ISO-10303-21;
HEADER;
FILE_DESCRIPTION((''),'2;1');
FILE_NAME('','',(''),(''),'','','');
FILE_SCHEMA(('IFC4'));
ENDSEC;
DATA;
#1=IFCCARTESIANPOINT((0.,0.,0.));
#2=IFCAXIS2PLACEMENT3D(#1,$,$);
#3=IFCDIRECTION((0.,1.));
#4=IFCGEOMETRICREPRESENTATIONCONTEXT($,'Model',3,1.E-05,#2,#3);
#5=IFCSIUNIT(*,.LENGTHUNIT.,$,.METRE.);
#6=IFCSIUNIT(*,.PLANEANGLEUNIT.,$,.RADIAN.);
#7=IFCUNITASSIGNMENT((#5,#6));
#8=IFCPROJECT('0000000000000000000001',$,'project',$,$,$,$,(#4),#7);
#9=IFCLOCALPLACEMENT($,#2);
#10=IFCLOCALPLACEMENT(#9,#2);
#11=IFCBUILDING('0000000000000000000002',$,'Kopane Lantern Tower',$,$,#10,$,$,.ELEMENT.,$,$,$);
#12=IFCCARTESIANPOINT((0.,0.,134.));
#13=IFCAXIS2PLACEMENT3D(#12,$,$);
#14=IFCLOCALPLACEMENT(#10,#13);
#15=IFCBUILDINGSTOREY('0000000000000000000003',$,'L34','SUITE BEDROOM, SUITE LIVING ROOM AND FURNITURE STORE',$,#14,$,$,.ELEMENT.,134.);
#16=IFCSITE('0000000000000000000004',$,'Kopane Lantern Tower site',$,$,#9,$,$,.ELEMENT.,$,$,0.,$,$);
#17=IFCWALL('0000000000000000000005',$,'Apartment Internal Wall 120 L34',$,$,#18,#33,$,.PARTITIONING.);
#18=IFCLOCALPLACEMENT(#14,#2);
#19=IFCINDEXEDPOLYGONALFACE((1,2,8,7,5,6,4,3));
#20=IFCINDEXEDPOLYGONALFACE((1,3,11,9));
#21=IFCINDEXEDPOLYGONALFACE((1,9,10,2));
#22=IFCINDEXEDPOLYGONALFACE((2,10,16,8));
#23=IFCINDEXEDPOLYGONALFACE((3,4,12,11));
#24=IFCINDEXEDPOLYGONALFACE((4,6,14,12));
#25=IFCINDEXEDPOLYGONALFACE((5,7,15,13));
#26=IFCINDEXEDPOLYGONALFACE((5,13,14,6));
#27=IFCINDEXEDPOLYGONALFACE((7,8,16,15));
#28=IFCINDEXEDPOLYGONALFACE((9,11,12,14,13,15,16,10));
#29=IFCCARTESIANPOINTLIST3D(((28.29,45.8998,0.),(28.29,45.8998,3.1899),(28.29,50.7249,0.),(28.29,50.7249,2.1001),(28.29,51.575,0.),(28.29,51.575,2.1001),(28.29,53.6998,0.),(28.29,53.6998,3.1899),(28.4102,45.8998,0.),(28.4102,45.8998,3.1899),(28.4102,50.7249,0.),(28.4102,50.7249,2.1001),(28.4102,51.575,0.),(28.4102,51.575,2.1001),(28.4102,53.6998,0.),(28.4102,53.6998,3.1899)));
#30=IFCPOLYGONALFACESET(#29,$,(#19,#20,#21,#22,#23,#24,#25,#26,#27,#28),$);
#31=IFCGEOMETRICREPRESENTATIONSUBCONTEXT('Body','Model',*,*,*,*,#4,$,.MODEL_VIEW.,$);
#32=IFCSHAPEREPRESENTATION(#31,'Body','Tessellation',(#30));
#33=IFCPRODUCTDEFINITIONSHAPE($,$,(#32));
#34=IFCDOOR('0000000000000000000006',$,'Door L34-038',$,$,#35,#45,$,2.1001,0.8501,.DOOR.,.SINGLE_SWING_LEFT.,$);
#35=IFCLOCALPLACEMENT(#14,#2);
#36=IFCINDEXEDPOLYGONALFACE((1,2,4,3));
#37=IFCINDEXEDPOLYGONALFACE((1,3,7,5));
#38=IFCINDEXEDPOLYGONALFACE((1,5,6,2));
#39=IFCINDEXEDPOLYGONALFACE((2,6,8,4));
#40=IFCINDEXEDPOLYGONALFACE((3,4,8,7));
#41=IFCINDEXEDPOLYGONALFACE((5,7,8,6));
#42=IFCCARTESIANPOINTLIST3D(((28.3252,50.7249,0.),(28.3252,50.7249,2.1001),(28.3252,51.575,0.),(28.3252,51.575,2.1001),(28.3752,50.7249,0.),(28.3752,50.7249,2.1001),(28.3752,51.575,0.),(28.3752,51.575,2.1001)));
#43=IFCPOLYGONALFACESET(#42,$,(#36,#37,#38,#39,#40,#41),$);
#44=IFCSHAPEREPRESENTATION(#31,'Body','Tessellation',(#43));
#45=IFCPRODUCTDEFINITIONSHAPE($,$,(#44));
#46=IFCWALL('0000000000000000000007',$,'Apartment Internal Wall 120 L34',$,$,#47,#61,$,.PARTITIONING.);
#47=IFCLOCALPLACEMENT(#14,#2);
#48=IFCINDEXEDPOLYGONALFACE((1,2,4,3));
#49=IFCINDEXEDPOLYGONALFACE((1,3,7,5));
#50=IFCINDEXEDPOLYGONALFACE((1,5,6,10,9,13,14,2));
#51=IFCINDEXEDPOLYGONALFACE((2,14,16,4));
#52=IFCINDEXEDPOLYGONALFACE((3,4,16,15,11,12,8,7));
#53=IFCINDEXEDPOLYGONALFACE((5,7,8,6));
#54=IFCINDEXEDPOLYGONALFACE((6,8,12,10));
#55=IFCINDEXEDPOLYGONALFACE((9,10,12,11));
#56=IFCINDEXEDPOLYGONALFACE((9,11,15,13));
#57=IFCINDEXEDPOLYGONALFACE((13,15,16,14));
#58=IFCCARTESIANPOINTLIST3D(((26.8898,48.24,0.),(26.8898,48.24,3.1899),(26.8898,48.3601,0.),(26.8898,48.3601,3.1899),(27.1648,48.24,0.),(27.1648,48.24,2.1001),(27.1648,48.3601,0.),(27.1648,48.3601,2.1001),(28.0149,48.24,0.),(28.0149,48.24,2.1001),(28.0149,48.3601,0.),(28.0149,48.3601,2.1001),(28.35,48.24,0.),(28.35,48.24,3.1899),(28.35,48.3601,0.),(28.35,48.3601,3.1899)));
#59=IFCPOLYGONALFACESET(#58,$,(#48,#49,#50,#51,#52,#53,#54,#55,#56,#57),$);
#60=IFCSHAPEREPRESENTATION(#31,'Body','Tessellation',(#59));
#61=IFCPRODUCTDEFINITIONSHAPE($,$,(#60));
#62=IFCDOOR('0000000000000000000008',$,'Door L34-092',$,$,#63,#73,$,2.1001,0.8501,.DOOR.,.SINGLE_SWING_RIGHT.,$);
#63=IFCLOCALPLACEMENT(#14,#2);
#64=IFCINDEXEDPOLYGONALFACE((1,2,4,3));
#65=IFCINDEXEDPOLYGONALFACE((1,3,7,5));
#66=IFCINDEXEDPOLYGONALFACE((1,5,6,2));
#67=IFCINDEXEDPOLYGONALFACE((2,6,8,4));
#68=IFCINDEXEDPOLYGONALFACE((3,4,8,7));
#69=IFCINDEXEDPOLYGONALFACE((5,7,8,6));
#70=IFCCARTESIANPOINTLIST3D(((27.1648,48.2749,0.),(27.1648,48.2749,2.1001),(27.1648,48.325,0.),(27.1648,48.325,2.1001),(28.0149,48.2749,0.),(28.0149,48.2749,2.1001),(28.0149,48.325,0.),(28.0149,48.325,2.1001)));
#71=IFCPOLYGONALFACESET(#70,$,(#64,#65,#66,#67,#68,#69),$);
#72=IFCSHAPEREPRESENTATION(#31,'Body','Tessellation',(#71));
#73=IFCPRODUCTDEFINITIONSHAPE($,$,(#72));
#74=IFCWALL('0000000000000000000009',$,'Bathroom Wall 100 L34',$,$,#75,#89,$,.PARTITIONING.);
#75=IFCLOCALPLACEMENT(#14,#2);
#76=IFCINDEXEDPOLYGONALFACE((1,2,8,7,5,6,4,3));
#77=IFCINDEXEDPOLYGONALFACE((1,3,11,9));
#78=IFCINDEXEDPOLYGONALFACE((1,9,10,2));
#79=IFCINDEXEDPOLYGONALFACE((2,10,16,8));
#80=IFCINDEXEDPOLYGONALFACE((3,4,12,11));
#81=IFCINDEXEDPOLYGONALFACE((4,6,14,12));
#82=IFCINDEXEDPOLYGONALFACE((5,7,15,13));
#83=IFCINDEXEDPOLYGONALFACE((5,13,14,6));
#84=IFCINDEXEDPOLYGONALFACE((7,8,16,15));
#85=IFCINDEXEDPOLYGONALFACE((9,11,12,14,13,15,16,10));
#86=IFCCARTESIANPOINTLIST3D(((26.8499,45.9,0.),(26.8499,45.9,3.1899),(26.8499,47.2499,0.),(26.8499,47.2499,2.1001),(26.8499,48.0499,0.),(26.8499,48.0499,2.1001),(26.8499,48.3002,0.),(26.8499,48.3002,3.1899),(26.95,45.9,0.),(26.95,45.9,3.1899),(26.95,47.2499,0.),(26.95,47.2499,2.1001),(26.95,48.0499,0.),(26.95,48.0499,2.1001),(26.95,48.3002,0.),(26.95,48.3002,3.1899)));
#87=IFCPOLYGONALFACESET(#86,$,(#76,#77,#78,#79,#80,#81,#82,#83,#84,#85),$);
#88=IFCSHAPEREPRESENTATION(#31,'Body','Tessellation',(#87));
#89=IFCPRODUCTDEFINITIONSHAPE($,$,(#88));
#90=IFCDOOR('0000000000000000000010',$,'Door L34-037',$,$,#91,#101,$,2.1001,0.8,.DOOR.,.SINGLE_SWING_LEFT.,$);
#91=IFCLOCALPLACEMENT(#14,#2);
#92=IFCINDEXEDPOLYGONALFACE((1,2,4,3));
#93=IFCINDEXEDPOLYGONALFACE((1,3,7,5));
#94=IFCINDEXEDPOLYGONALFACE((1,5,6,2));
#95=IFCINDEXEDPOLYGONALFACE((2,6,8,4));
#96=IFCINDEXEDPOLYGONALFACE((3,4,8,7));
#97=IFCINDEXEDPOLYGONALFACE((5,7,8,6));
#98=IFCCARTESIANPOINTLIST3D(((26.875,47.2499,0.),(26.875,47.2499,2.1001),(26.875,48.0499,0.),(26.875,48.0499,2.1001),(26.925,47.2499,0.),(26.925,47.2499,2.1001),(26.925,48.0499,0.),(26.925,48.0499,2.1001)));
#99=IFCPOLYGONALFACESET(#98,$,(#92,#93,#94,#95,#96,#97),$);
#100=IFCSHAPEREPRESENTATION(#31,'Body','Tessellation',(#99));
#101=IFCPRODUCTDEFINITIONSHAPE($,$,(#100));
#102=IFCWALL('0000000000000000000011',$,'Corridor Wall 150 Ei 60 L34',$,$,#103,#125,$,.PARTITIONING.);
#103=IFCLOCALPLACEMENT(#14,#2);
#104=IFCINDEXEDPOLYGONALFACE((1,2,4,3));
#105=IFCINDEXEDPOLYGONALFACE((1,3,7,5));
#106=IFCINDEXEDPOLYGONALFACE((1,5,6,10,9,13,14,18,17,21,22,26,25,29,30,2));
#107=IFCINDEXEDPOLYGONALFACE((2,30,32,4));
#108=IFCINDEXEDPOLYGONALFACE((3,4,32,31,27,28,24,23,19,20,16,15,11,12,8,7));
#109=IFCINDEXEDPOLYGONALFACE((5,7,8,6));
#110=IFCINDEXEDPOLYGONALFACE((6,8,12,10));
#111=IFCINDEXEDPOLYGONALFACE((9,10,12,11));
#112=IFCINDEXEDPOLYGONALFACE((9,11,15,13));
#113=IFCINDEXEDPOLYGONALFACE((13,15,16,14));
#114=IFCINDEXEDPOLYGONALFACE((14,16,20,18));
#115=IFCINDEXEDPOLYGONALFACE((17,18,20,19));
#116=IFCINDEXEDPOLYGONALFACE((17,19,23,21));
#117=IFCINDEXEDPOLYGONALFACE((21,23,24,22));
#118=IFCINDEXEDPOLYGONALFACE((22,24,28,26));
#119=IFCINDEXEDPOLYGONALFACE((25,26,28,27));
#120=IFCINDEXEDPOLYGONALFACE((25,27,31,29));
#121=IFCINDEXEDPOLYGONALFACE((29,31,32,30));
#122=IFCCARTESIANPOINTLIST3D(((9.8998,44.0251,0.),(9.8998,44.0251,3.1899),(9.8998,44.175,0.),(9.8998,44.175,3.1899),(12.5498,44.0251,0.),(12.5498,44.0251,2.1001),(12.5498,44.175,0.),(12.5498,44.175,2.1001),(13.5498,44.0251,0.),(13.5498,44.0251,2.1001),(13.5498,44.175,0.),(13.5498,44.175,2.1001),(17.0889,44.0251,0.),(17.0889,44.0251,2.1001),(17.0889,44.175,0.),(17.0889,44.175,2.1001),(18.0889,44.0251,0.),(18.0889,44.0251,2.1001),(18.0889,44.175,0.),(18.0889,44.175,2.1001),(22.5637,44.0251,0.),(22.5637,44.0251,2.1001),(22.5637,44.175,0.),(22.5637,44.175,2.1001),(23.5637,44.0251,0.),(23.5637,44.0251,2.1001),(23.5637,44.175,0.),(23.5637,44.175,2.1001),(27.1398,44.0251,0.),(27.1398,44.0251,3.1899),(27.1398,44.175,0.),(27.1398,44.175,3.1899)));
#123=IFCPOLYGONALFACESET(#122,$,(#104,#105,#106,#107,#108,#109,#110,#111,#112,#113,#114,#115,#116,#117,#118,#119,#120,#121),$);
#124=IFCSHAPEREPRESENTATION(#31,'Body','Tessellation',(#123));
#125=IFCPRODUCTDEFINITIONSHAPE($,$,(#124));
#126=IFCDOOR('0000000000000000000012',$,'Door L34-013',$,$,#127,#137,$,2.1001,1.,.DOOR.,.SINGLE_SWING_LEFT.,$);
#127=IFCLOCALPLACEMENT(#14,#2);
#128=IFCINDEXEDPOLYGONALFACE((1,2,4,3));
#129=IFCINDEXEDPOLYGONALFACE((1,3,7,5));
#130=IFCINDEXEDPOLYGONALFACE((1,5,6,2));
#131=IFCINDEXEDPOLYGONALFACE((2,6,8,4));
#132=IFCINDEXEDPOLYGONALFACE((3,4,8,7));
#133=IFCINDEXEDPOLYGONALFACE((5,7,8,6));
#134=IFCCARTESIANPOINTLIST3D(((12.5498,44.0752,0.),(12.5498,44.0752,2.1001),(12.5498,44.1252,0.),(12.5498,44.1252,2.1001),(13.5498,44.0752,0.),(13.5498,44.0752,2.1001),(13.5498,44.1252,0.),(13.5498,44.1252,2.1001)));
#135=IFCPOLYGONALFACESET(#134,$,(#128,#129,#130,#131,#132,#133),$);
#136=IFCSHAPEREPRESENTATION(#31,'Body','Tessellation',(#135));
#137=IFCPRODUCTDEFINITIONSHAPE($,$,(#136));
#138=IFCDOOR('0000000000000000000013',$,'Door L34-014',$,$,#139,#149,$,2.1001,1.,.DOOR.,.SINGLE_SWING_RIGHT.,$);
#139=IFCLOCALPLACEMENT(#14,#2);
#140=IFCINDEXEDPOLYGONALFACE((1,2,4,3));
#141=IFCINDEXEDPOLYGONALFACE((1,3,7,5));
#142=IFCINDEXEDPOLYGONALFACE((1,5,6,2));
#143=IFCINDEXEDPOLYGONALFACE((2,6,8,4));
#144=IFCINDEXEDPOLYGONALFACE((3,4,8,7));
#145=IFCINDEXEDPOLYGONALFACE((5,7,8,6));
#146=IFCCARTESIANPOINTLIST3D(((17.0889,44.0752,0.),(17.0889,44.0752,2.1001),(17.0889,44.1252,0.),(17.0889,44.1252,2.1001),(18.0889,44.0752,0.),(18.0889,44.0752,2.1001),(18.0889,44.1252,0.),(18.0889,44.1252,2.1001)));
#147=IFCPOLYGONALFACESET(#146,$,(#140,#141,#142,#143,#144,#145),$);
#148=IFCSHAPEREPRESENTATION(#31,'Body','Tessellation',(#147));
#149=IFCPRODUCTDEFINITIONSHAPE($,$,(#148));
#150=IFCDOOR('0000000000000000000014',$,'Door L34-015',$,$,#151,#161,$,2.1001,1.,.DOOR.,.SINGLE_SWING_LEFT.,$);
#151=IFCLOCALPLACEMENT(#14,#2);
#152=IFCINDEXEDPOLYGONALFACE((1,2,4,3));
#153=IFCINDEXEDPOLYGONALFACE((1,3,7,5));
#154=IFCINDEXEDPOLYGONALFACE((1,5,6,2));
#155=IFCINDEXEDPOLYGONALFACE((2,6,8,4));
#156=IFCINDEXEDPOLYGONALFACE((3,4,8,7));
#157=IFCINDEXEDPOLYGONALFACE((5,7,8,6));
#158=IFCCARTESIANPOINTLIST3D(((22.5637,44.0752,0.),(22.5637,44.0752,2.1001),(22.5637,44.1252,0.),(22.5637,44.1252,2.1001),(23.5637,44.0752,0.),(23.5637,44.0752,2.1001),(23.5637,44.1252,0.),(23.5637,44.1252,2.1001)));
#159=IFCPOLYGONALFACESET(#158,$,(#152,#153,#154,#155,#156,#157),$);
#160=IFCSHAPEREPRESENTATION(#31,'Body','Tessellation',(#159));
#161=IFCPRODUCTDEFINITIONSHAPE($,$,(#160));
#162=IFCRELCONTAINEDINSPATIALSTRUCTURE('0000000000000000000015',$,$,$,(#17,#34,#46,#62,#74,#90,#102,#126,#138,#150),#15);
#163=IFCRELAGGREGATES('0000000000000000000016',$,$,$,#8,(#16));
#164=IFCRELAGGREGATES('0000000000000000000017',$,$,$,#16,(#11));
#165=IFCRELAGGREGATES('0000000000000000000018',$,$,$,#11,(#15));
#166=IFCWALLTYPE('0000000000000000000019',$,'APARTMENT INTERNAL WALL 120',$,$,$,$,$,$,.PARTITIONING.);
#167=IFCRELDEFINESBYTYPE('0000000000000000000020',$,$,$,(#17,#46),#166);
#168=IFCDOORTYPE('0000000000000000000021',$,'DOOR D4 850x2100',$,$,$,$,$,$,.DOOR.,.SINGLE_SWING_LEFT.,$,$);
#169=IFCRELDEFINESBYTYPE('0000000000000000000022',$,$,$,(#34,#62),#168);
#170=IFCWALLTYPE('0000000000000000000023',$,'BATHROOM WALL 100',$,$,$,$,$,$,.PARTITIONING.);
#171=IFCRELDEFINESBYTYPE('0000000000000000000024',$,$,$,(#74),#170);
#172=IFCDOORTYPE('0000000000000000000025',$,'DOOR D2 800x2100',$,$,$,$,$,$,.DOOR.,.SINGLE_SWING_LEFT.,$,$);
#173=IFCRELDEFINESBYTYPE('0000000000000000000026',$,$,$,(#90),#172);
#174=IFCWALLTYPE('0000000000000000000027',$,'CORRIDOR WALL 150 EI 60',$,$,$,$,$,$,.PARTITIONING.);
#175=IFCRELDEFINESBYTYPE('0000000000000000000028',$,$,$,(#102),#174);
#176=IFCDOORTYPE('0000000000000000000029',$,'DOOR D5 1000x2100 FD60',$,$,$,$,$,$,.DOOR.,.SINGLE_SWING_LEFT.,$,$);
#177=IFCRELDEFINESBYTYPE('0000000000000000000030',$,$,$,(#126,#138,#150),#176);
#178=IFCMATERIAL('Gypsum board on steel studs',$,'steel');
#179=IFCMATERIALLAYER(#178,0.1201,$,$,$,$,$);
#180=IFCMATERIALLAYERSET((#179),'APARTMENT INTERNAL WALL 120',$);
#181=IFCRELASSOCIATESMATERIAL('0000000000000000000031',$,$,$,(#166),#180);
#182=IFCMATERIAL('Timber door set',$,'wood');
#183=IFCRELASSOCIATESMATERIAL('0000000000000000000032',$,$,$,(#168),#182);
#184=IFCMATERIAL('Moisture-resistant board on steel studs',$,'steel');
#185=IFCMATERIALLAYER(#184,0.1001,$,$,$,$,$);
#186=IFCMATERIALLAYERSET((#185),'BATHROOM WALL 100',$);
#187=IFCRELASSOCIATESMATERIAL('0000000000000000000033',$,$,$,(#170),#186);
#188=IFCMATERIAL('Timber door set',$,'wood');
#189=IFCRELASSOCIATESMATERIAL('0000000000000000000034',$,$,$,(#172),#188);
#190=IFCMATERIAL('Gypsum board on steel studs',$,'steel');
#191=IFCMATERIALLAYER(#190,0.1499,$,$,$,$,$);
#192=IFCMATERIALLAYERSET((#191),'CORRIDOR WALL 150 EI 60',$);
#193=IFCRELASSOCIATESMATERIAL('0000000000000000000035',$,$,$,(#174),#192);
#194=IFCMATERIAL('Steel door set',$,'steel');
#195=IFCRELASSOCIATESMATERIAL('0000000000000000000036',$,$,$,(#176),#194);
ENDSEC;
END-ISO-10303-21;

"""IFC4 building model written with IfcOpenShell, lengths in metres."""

from ifc_helpers import new_model, si_unit, direction, frame, frame_2d, origin, place, context, subcontext, project, spatial, rectangle, extrude, material, layer, layer_set, type_object, element, fill, save


model = new_model("IFC4")

# Units and contexts
model_context = context("Model", 3, precision=1e-05, world=origin(), true_north=direction((0.0, 1.0)))
body_context = subcontext(model_context, "Body", "Model", "MODEL_VIEW")
ifc_project = project(units=[si_unit("LENGTHUNIT", "METRE"), si_unit("PLANEANGLEUNIT", "RADIAN")], contexts=[model_context])

# Site, building, storey
site_placement = place(None, origin())
site = spatial("IfcSite", under=ifc_project, at=site_placement, Name="Kopane Lantern Tower site", CompositionType="ELEMENT", RefElevation=0.0)
building_placement = place(site_placement, origin())
building = spatial("IfcBuilding", under=site, at=building_placement, Name="Kopane Lantern Tower", CompositionType="ELEMENT")
storey_placement = place(building_placement, frame((0.0, 0.0, 134.0)))
storey = spatial("IfcBuildingStorey", under=building, at=storey_placement, Name="L34", Description="SUITE BEDROOM, SUITE LIVING ROOM AND FURNITURE STORE", CompositionType="ELEMENT", Elevation=134.0)

# Walls, openings, doors
ifc_material_1 = material(Name="Gypsum board on steel studs", Category="steel")
ifc_layer_1 = layer(ifc_material_1, 0.1201)
ifc_layer_set_1 = layer_set([ifc_layer_1], Name="APARTMENT INTERNAL WALL 120")
wall_type_1 = type_object("IfcWallType", Name="APARTMENT INTERNAL WALL 120", PredefinedType="PARTITIONING", material=ifc_layer_set_1)
wall_1_placement = place(storey_placement, frame((28.3501, 45.8999, 0.0), z_axis=(0.0, 0.0, 1.0), x_axis=(0.0, 1.0, 0.0)))
wall_1 = element("IfcWall", 1, at=wall_1_placement, inside=storey, type_object=wall_type_1, Name="Apartment Internal Wall 120 L34", PredefinedType="PARTITIONING", context=body_context, shape_type="SweptSolid", body=[
    extrude(rectangle(XDim=7.8, YDim=0.1201, at=frame_2d((3.8999, 0.0))), origin(), (0.0, 0.0, 1.0), 3.1899),
])
opening_1_placement = place(wall_1_placement, frame((4.825, 0.0, 0.0)))
opening_1 = element("IfcOpeningElement", 2, at=opening_1_placement, cuts=wall_1, PredefinedType="OPENING", context=body_context, shape_type="SweptSolid", body=[
    extrude(rectangle(XDim=0.8501, YDim=2.1001, at=frame_2d((0.425, 1.05))), frame((0.0, 0.0701, 0.0), z_axis=(0.0, -1.0, 0.0), x_axis=(1.0, 0.0, 0.0)), (0.0, 0.0, 1.0), 0.1401),
])
ifc_material_2 = material(Name="Timber door set", Category="wood")
door_type_1 = type_object("IfcDoorType", Name="DOOR D4 850x2100", OperationType="SINGLE_SWING_LEFT", PredefinedType="DOOR", material=ifc_material_2)
door_1_placement = place(opening_1_placement, origin())
door_1 = element("IfcDoor", 3, at=door_1_placement, inside=storey, type_object=door_type_1, Name="Door L34-038", OperationType="SINGLE_SWING_LEFT", OverallHeight=2.1001, OverallWidth=0.8501, PredefinedType="DOOR", context=body_context, shape_type="SweptSolid", body=[
    extrude(rectangle(XDim=0.8501, YDim=2.1001, at=frame_2d((0.425, 1.05))), frame((0.0, 0.0249, 0.0), z_axis=(0.0, -1.0, 0.0), x_axis=(1.0, 0.0, 0.0)), (0.0, 0.0, 1.0), 0.05),
])
fill(opening_1, door_1)
wall_2_placement = place(storey_placement, frame((26.8899, 48.3, 0.0), z_axis=(0.0, 0.0, 1.0), x_axis=(1.0, 0.0, 0.0)))
wall_2 = element("IfcWall", 4, at=wall_2_placement, inside=storey, type_object=wall_type_1, Name="Apartment Internal Wall 120 L34", PredefinedType="PARTITIONING", context=body_context, shape_type="SweptSolid", body=[
    extrude(rectangle(XDim=1.4602, YDim=0.1201, at=frame_2d((0.73, 0.0))), origin(), (0.0, 0.0, 1.0), 3.1899),
])
opening_2_placement = place(wall_2_placement, frame((0.2749, 0.0, 0.0)))
opening_2 = element("IfcOpeningElement", 5, at=opening_2_placement, cuts=wall_2, PredefinedType="OPENING", context=body_context, shape_type="SweptSolid", body=[
    extrude(rectangle(XDim=0.8501, YDim=2.1001, at=frame_2d((0.425, 1.05))), frame((0.0, 0.0701, 0.0), z_axis=(0.0, -1.0, 0.0), x_axis=(1.0, 0.0, 0.0)), (0.0, 0.0, 1.0), 0.1401),
])
door_2_placement = place(opening_2_placement, origin())
door_2 = element("IfcDoor", 6, at=door_2_placement, inside=storey, type_object=door_type_1, Name="Door L34-092", OperationType="SINGLE_SWING_RIGHT", OverallHeight=2.1001, OverallWidth=0.8501, PredefinedType="DOOR", context=body_context, shape_type="SweptSolid", body=[
    extrude(rectangle(XDim=0.8501, YDim=2.1001, at=frame_2d((0.425, 1.05))), frame((0.0, 0.0249, 0.0), z_axis=(0.0, -1.0, 0.0), x_axis=(1.0, 0.0, 0.0)), (0.0, 0.0, 1.0), 0.05),
])
fill(opening_2, door_2)
ifc_material_3 = material(Name="Moisture-resistant board on steel studs", Category="steel")
ifc_layer_2 = layer(ifc_material_3, 0.1001)
ifc_layer_set_2 = layer_set([ifc_layer_2], Name="BATHROOM WALL 100")
wall_type_2 = type_object("IfcWallType", Name="BATHROOM WALL 100", PredefinedType="PARTITIONING", material=ifc_layer_set_2)
wall_3_placement = place(storey_placement, frame((26.8999, 45.8999, 0.0), z_axis=(0.0, 0.0, 1.0), x_axis=(0.0, 1.0, 0.0)))
wall_3 = element("IfcWall", 7, at=wall_3_placement, inside=storey, type_object=wall_type_2, Name="Bathroom Wall 100 L34", PredefinedType="PARTITIONING", context=body_context, shape_type="SweptSolid", body=[
    extrude(rectangle(XDim=2.4001, YDim=0.1001, at=frame_2d((1.2002, 0.0))), origin(), (0.0, 0.0, 1.0), 3.1899),
])
opening_3_placement = place(wall_3_placement, frame((1.3501, 0.0, 0.0)))
opening_3 = element("IfcOpeningElement", 8, at=opening_3_placement, cuts=wall_3, PredefinedType="OPENING", context=body_context, shape_type="SweptSolid", body=[
    extrude(rectangle(XDim=0.8, YDim=2.1001, at=frame_2d((0.3999, 1.05))), frame((0.0, 0.0601, 0.0), z_axis=(0.0, -1.0, 0.0), x_axis=(1.0, 0.0, 0.0)), (0.0, 0.0, 1.0), 0.1201),
])
ifc_material_4 = material(Name="Timber door set", Category="wood")
door_type_2 = type_object("IfcDoorType", Name="DOOR D2 800x2100", OperationType="SINGLE_SWING_LEFT", PredefinedType="DOOR", material=ifc_material_4)
door_3_placement = place(opening_3_placement, origin())
door_3 = element("IfcDoor", 9, at=door_3_placement, inside=storey, type_object=door_type_2, Name="Door L34-037", OperationType="SINGLE_SWING_LEFT", OverallHeight=2.1001, OverallWidth=0.8, PredefinedType="DOOR", context=body_context, shape_type="SweptSolid", body=[
    extrude(rectangle(XDim=0.8, YDim=2.1001, at=frame_2d((0.3999, 1.05))), frame((0.0, 0.0249, 0.0), z_axis=(0.0, -1.0, 0.0), x_axis=(1.0, 0.0, 0.0)), (0.0, 0.0, 1.0), 0.05),
])
fill(opening_3, door_3)

# Wall, openings, doors
ifc_material_5 = material(Name="Gypsum board on steel studs", Category="steel")
ifc_layer_3 = layer(ifc_material_5, 0.1499)
ifc_layer_set_3 = layer_set([ifc_layer_3], Name="CORRIDOR WALL 150 EI 60")
wall_type_3 = type_object("IfcWallType", Name="CORRIDOR WALL 150 EI 60", PredefinedType="PARTITIONING", material=ifc_layer_set_3)
wall_4_placement = place(storey_placement, frame((27.1399, 44.1001, 0.0), z_axis=(0.0, 0.0, 1.0), x_axis=(-1.0, 0.0, 0.0)))
wall_4 = element("IfcWall", 10, at=wall_4_placement, inside=storey, type_object=wall_type_3, Name="Corridor Wall 150 Ei 60 L34", PredefinedType="PARTITIONING", context=body_context, shape_type="SweptSolid", body=[
    extrude(rectangle(XDim=17.24, YDim=0.1499, at=frame_2d((8.6201, 0.0))), origin(), (0.0, 0.0, 1.0), 3.1899),
])
opening_4_placement = place(wall_4_placement, frame((13.5901, 0.0, 0.0)))
opening_4 = element("IfcOpeningElement", 11, at=opening_4_placement, cuts=wall_4, PredefinedType="OPENING", context=body_context, shape_type="SweptSolid", body=[
    extrude(rectangle(XDim=1.0, YDim=2.1001, at=frame_2d((0.5, 1.05))), frame((0.0, 0.085, 0.0), z_axis=(0.0, -1.0, 0.0), x_axis=(1.0, 0.0, 0.0)), (0.0, 0.0, 1.0), 0.1699),
])
opening_5_placement = place(wall_4_placement, frame((9.051, 0.0, 0.0)))
opening_5 = element("IfcOpeningElement", 12, at=opening_5_placement, cuts=wall_4, PredefinedType="OPENING", context=body_context, shape_type="SweptSolid", body=[
    extrude(rectangle(XDim=1.0, YDim=2.1001, at=frame_2d((0.5, 1.05))), frame((0.0, 0.085, 0.0), z_axis=(0.0, -1.0, 0.0), x_axis=(1.0, 0.0, 0.0)), (0.0, 0.0, 1.0), 0.1699),
])
opening_6_placement = place(wall_4_placement, frame((3.5762, 0.0, 0.0)))
opening_6 = element("IfcOpeningElement", 13, at=opening_6_placement, cuts=wall_4, PredefinedType="OPENING", context=body_context, shape_type="SweptSolid", body=[
    extrude(rectangle(XDim=1.0, YDim=2.1001, at=frame_2d((0.5, 1.05))), frame((0.0, 0.085, 0.0), z_axis=(0.0, -1.0, 0.0), x_axis=(1.0, 0.0, 0.0)), (0.0, 0.0, 1.0), 0.1699),
])
ifc_material_6 = material(Name="Steel door set", Category="steel")
door_type_3 = type_object("IfcDoorType", Name="DOOR D5 1000x2100 FD60", OperationType="SINGLE_SWING_LEFT", PredefinedType="DOOR", material=ifc_material_6)
door_4_placement = place(opening_4_placement, origin())
door_4 = element("IfcDoor", 14, at=door_4_placement, inside=storey, type_object=door_type_3, Name="Door L34-013", OperationType="SINGLE_SWING_LEFT", OverallHeight=2.1001, OverallWidth=1.0, PredefinedType="DOOR", context=body_context, shape_type="SweptSolid", body=[
    extrude(rectangle(XDim=1.0, YDim=2.1001, at=frame_2d((0.5, 1.05))), frame((0.0, 0.0249, 0.0), z_axis=(0.0, -1.0, 0.0), x_axis=(1.0, 0.0, 0.0)), (0.0, 0.0, 1.0), 0.05),
])
fill(opening_4, door_4)
door_5_placement = place(opening_5_placement, origin())
door_5 = element("IfcDoor", 15, at=door_5_placement, inside=storey, type_object=door_type_3, Name="Door L34-014", OperationType="SINGLE_SWING_RIGHT", OverallHeight=2.1001, OverallWidth=1.0, PredefinedType="DOOR", context=body_context, shape_type="SweptSolid", body=[
    extrude(rectangle(XDim=1.0, YDim=2.1001, at=frame_2d((0.5, 1.05))), frame((0.0, 0.0249, 0.0), z_axis=(0.0, -1.0, 0.0), x_axis=(1.0, 0.0, 0.0)), (0.0, 0.0, 1.0), 0.05),
])
fill(opening_5, door_5)
door_6_placement = place(opening_6_placement, origin())
door_6 = element("IfcDoor", 16, at=door_6_placement, inside=storey, type_object=door_type_3, Name="Door L34-015", OperationType="SINGLE_SWING_LEFT", OverallHeight=2.1001, OverallWidth=1.0, PredefinedType="DOOR", context=body_context, shape_type="SweptSolid", body=[
    extrude(rectangle(XDim=1.0, YDim=2.1001, at=frame_2d((0.5, 1.05))), frame((0.0, 0.0249, 0.0), z_axis=(0.0, -1.0, 0.0), x_axis=(1.0, 0.0, 0.0)), (0.0, 0.0, 1.0), 0.05),
])
fill(opening_6, door_6)

save(model, "model.ifc")
